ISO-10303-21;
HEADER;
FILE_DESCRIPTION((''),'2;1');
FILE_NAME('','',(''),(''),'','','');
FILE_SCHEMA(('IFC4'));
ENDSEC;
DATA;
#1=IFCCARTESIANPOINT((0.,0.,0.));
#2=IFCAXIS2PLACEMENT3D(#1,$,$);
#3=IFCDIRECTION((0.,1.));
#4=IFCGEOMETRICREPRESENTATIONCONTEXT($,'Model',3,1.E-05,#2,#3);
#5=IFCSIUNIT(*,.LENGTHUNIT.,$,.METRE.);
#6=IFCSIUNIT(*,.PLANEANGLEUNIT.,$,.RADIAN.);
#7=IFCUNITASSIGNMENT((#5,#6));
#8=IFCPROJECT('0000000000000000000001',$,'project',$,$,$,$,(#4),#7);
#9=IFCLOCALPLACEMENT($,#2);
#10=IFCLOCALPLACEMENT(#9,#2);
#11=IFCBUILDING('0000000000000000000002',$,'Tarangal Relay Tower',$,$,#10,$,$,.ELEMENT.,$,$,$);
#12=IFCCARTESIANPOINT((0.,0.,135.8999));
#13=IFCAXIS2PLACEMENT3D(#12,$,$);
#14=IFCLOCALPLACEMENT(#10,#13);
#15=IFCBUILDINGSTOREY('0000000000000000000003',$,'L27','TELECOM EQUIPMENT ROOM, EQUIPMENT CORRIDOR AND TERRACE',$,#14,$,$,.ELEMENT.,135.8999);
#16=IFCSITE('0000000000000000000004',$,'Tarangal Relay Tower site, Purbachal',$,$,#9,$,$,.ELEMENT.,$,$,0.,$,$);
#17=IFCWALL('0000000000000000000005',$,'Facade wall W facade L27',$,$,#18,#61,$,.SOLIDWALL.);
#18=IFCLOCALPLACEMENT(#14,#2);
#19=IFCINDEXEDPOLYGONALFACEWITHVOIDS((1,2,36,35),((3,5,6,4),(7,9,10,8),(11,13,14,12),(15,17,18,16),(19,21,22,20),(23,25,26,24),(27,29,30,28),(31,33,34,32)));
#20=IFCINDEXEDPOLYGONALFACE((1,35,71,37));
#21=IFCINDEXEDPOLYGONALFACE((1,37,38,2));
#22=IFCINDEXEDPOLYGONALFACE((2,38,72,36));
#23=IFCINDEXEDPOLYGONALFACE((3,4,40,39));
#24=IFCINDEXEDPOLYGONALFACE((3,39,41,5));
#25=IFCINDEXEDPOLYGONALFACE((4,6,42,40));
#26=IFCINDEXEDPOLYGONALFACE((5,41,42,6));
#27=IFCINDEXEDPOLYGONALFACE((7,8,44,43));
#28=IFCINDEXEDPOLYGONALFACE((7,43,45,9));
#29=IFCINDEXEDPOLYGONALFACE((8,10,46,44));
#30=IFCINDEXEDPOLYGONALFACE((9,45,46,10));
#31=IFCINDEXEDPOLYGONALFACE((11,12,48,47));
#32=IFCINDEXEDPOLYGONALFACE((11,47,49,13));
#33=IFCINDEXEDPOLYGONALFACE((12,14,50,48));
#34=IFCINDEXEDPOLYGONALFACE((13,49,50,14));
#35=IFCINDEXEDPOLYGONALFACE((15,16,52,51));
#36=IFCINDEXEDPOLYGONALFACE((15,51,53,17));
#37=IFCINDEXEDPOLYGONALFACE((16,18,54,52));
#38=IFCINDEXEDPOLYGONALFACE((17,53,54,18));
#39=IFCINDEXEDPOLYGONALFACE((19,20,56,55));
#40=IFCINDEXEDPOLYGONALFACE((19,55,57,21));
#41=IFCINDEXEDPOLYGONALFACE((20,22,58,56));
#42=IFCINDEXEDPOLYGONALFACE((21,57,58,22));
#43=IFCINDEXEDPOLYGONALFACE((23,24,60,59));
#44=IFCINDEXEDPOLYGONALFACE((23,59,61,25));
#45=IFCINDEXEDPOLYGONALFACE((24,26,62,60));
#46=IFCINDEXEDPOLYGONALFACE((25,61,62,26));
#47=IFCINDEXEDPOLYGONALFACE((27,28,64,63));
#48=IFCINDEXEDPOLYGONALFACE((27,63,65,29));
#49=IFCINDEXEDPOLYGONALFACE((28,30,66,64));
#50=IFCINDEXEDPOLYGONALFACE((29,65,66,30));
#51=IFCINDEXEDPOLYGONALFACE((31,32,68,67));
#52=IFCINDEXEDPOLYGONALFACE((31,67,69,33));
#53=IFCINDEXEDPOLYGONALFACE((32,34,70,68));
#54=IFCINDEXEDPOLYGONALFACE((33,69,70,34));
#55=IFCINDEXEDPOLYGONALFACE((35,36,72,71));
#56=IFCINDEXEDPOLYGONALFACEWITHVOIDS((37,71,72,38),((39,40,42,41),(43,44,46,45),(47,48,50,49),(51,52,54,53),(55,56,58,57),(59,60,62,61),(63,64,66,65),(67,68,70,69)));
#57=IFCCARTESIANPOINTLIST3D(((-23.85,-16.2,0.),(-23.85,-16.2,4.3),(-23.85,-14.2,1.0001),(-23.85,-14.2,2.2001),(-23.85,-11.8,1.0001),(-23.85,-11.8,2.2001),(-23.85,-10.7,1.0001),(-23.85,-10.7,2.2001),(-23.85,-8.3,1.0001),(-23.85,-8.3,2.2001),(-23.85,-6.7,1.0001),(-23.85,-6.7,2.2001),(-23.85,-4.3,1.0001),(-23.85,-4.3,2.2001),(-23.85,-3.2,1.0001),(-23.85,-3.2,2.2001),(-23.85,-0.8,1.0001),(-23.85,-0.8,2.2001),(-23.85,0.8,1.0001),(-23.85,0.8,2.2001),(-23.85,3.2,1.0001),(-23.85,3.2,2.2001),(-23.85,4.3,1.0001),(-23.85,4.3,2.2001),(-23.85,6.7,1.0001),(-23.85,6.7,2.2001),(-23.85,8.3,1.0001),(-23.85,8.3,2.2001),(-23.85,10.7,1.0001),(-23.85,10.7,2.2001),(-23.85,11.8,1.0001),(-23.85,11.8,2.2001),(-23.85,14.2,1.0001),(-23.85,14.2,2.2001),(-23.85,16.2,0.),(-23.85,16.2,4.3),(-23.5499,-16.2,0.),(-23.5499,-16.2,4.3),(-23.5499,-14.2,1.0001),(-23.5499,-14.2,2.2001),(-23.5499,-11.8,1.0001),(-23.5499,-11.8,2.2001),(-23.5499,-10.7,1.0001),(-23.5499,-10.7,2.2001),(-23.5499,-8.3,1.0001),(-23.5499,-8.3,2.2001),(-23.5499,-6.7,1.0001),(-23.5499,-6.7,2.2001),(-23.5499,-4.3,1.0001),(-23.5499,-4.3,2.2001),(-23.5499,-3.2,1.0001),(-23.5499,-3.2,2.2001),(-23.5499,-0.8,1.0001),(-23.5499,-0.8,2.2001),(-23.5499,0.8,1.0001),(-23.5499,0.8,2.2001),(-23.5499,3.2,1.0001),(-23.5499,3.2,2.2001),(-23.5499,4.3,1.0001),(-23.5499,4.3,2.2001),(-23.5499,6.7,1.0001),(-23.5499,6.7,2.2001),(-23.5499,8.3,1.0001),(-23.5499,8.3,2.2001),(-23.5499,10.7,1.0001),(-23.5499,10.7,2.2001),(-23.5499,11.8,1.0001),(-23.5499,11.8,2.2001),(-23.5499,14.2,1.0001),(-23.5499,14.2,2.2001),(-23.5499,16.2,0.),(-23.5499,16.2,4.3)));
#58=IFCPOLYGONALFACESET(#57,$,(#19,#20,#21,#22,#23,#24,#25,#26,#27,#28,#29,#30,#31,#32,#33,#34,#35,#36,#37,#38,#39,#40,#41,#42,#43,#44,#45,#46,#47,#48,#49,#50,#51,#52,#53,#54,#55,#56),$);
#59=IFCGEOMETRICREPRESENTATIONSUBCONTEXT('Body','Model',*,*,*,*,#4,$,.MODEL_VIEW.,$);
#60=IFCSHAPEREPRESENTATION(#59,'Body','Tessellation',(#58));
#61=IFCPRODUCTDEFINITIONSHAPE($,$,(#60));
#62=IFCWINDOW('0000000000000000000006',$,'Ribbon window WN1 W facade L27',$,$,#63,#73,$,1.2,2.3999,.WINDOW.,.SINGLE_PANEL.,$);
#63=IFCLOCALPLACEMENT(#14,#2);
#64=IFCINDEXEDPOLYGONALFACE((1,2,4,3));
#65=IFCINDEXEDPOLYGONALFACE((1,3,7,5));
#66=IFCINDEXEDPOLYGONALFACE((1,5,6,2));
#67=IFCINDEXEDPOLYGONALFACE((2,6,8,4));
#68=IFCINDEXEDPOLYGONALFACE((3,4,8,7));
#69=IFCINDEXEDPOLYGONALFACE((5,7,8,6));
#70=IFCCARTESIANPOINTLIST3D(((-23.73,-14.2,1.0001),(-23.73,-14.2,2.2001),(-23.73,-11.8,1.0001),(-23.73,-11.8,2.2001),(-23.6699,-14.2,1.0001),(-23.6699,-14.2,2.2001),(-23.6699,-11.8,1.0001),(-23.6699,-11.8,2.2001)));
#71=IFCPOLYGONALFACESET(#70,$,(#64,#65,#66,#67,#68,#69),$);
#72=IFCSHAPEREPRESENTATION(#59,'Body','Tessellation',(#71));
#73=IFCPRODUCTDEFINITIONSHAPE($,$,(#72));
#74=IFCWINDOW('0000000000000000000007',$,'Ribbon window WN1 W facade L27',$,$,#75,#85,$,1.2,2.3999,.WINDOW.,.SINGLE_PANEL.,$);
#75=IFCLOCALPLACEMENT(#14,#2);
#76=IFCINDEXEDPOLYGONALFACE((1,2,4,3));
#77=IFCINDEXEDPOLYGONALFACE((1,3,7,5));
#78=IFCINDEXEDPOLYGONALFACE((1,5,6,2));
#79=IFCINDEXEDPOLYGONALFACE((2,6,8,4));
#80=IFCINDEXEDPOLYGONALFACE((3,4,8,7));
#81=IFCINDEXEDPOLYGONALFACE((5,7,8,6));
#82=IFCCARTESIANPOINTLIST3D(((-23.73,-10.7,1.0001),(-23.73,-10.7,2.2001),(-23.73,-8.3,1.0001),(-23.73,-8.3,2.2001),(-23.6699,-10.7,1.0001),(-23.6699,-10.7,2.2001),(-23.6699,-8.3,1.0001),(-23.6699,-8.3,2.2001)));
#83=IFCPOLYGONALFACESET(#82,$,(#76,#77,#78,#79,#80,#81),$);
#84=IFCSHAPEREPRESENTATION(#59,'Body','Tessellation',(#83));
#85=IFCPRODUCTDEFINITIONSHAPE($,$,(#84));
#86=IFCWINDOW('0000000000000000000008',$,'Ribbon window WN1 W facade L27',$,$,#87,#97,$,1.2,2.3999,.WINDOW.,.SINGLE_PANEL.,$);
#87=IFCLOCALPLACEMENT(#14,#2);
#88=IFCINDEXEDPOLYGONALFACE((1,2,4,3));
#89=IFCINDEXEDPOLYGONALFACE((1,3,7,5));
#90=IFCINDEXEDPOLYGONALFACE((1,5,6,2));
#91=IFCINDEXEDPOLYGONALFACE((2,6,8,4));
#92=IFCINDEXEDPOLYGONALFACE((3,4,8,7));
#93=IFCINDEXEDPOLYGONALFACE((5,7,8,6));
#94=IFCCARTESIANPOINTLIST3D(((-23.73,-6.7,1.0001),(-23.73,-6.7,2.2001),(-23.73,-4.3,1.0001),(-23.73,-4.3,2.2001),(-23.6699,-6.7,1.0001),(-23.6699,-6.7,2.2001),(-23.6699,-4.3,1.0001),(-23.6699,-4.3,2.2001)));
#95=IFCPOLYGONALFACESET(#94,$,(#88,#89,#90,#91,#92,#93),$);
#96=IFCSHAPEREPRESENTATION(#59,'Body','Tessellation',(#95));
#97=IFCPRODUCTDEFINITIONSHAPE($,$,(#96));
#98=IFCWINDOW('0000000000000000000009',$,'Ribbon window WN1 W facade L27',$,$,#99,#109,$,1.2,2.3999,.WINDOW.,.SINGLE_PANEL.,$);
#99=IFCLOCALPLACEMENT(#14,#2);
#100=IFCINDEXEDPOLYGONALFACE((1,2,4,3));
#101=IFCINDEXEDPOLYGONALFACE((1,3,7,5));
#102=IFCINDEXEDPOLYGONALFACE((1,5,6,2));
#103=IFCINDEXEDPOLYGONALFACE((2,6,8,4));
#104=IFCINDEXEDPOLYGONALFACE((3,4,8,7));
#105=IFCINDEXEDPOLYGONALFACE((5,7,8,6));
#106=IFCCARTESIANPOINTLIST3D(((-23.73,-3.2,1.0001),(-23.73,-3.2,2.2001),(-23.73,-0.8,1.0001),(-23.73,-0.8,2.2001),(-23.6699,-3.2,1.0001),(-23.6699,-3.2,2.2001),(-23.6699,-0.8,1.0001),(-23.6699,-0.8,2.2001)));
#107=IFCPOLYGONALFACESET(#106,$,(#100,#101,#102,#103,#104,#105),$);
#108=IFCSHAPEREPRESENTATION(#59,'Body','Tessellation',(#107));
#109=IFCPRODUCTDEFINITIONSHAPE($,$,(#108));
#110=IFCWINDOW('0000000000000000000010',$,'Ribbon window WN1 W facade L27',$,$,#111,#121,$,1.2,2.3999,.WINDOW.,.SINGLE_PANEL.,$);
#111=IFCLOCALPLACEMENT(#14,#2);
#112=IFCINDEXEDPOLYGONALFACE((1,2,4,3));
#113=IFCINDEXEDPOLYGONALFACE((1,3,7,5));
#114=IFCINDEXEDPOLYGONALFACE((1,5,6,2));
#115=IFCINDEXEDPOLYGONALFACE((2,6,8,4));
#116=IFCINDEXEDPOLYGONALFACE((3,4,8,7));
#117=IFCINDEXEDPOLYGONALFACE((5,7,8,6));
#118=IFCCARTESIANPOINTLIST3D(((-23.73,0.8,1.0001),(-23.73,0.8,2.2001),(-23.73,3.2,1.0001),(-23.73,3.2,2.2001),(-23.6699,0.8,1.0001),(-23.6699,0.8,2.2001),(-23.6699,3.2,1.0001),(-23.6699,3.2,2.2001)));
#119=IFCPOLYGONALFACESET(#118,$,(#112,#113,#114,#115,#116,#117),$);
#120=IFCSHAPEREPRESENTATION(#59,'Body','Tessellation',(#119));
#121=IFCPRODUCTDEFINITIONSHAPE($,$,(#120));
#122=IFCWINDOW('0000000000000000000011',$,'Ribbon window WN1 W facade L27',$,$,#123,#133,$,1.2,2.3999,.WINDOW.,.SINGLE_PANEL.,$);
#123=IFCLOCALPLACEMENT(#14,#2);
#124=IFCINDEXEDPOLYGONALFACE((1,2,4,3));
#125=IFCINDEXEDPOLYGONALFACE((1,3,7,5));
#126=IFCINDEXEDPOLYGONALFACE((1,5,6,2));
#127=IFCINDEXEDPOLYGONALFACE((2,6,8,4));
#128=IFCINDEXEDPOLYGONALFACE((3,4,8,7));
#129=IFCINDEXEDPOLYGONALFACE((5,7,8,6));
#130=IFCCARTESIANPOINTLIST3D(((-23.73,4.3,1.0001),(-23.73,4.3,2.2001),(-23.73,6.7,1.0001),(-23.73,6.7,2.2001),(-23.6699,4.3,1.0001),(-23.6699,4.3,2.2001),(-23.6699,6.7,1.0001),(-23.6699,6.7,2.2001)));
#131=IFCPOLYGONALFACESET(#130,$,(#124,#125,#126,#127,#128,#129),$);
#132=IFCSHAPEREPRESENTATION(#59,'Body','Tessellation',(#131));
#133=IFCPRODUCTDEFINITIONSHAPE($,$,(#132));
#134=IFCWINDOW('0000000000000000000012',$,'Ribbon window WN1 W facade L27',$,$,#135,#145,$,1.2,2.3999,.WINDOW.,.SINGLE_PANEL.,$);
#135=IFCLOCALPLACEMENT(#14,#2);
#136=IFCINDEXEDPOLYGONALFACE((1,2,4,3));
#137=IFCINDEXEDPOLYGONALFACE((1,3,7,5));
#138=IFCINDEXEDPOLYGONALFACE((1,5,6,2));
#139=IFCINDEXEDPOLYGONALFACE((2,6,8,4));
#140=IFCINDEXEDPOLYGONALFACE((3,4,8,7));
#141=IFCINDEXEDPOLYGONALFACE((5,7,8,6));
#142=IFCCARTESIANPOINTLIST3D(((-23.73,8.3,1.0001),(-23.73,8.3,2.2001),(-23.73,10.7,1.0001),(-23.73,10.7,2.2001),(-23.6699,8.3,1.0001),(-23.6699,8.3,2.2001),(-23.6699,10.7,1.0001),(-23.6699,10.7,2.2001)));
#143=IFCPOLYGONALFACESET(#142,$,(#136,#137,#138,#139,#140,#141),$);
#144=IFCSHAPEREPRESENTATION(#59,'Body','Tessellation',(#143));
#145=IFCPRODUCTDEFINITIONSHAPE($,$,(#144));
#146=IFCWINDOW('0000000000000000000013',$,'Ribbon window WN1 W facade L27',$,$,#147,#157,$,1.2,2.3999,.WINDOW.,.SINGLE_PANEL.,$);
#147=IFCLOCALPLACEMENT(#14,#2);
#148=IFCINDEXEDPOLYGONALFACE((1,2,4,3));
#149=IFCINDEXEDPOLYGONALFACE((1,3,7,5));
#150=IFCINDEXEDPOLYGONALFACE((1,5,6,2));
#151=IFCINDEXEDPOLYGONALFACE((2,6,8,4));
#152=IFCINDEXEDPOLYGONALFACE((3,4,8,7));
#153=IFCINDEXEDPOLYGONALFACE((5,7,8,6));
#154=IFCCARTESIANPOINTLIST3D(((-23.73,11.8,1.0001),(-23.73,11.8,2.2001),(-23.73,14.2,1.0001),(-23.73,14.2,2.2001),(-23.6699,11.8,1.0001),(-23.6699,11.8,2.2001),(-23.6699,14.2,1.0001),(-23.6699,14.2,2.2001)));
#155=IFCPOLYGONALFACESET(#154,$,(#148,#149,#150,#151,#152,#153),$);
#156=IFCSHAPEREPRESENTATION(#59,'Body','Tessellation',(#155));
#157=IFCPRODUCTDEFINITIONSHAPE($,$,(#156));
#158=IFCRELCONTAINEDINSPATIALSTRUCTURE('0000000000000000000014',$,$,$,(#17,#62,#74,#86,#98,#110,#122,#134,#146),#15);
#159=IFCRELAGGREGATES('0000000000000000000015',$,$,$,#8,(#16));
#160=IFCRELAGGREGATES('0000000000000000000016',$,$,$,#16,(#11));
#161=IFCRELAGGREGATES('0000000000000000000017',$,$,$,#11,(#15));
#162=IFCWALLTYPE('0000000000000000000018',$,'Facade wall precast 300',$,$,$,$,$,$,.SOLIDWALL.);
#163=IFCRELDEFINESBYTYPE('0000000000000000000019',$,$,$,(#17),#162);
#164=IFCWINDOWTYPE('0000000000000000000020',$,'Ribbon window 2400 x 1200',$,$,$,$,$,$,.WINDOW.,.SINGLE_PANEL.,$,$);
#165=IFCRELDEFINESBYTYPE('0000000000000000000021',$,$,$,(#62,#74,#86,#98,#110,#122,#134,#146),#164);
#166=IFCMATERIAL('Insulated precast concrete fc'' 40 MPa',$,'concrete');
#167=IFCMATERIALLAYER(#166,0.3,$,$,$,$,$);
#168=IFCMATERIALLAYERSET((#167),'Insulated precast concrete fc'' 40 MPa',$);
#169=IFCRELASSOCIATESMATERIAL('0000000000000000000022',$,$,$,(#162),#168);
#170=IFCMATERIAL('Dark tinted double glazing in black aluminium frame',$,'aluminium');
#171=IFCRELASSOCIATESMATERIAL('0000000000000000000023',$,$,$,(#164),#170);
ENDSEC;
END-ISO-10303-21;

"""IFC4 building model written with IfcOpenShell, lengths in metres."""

from ifc_helpers import new_model, si_unit, direction, frame, frame_2d, origin, place, context, subcontext, project, spatial, rectangle, extrude, material, layer, layer_set, type_object, element, fill, save


model = new_model("IFC4")

# Units and contexts
model_context = context("Model", 3, precision=1e-05, world=origin(), true_north=direction((0.0, 1.0)))
body_context = subcontext(model_context, "Body", "Model", "MODEL_VIEW")
ifc_project = project(units=[si_unit("LENGTHUNIT", "METRE"), si_unit("PLANEANGLEUNIT", "RADIAN")], contexts=[model_context])

# Site, building, storey
site_placement = place(None, origin())
site = spatial("IfcSite", under=ifc_project, at=site_placement, Name="Tarangal Relay Tower site, Purbachal", CompositionType="ELEMENT", RefElevation=0.0)
building_placement = place(site_placement, origin())
building = spatial("IfcBuilding", under=site, at=building_placement, Name="Tarangal Relay Tower", CompositionType="ELEMENT")
storey_placement = place(building_placement, frame((0.0, 0.0, 135.8999)))
storey = spatial("IfcBuildingStorey", under=building, at=storey_placement, Name="L27", Description="TELECOM EQUIPMENT ROOM, EQUIPMENT CORRIDOR AND TERRACE", CompositionType="ELEMENT", Elevation=135.8999)

# Shared definitions
ifc_material_1 = material(Name="Insulated precast concrete fc' 40 MPa", Category="concrete")
ifc_layer_1 = layer(ifc_material_1, 0.3)
ifc_layer_set_1 = layer_set([ifc_layer_1], Name="Insulated precast concrete fc' 40 MPa")
wall_type_1 = type_object("IfcWallType", Name="Facade wall precast 300", PredefinedType="SOLIDWALL", material=ifc_layer_set_1)

# Wall, openings, windows
wall_1_placement = place(storey_placement, frame((-23.7, -16.2, 0.0), z_axis=(0.0, 0.0, 1.0), x_axis=(0.0, 1.0, 0.0)))
wall_1 = element("IfcWall", 1, at=wall_1_placement, inside=storey, type_object=wall_type_1, Name="Facade wall W facade L27", PredefinedType="SOLIDWALL", context=body_context, shape_type="SweptSolid", body=[
    extrude(rectangle(XDim=32.3999, YDim=0.3, at=frame_2d((16.2, 0.0))), origin(), (0.0, 0.0, 1.0), 4.3),
])
opening_1_placement = place(wall_1_placement, frame((2.0, 0.0, 1.0)))
opening_1 = element("IfcOpeningElement", 2, at=opening_1_placement, cuts=wall_1, PredefinedType="OPENING", context=body_context, shape_type="SweptSolid", body=[
    extrude(rectangle(XDim=2.3999, YDim=1.2, at=frame_2d((1.2, 0.6001))), frame((0.0, 0.1599, 0.0), z_axis=(0.0, -1.0, 0.0), x_axis=(1.0, 0.0, 0.0)), (0.0, 0.0, 1.0), 0.3201),
])
opening_2_placement = place(wall_1_placement, frame((5.5, 0.0, 1.0)))
opening_2 = element("IfcOpeningElement", 3, at=opening_2_placement, cuts=wall_1, PredefinedType="OPENING", context=body_context, shape_type="SweptSolid", body=[
    extrude(rectangle(XDim=2.3999, YDim=1.2, at=frame_2d((1.2, 0.6001))), frame((0.0, 0.1599, 0.0), z_axis=(0.0, -1.0, 0.0), x_axis=(1.0, 0.0, 0.0)), (0.0, 0.0, 1.0), 0.3201),
])
opening_3_placement = place(wall_1_placement, frame((9.5, 0.0, 1.0)))
opening_3 = element("IfcOpeningElement", 4, at=opening_3_placement, cuts=wall_1, PredefinedType="OPENING", context=body_context, shape_type="SweptSolid", body=[
    extrude(rectangle(XDim=2.3999, YDim=1.2, at=frame_2d((1.2, 0.6001))), frame((0.0, 0.1599, 0.0), z_axis=(0.0, -1.0, 0.0), x_axis=(1.0, 0.0, 0.0)), (0.0, 0.0, 1.0), 0.3201),
])
opening_4_placement = place(wall_1_placement, frame((13.0, 0.0, 1.0)))
opening_4 = element("IfcOpeningElement", 5, at=opening_4_placement, cuts=wall_1, PredefinedType="OPENING", context=body_context, shape_type="SweptSolid", body=[
    extrude(rectangle(XDim=2.3999, YDim=1.2, at=frame_2d((1.2, 0.6001))), frame((0.0, 0.1599, 0.0), z_axis=(0.0, -1.0, 0.0), x_axis=(1.0, 0.0, 0.0)), (0.0, 0.0, 1.0), 0.3201),
])
opening_5_placement = place(wall_1_placement, frame((17.0, 0.0, 1.0)))
opening_5 = element("IfcOpeningElement", 6, at=opening_5_placement, cuts=wall_1, PredefinedType="OPENING", context=body_context, shape_type="SweptSolid", body=[
    extrude(rectangle(XDim=2.3999, YDim=1.2, at=frame_2d((1.2, 0.6001))), frame((0.0, 0.1599, 0.0), z_axis=(0.0, -1.0, 0.0), x_axis=(1.0, 0.0, 0.0)), (0.0, 0.0, 1.0), 0.3201),
])
opening_6_placement = place(wall_1_placement, frame((20.5, 0.0, 1.0)))
opening_6 = element("IfcOpeningElement", 7, at=opening_6_placement, cuts=wall_1, PredefinedType="OPENING", context=body_context, shape_type="SweptSolid", body=[
    extrude(rectangle(XDim=2.3999, YDim=1.2, at=frame_2d((1.2, 0.6001))), frame((0.0, 0.1599, 0.0), z_axis=(0.0, -1.0, 0.0), x_axis=(1.0, 0.0, 0.0)), (0.0, 0.0, 1.0), 0.3201),
])
opening_7_placement = place(wall_1_placement, frame((24.5, 0.0, 1.0)))
opening_7 = element("IfcOpeningElement", 8, at=opening_7_placement, cuts=wall_1, PredefinedType="OPENING", context=body_context, shape_type="SweptSolid", body=[
    extrude(rectangle(XDim=2.3999, YDim=1.2, at=frame_2d((1.2, 0.6001))), frame((0.0, 0.1599, 0.0), z_axis=(0.0, -1.0, 0.0), x_axis=(1.0, 0.0, 0.0)), (0.0, 0.0, 1.0), 0.3201),
])
opening_8_placement = place(wall_1_placement, frame((28.0, 0.0, 1.0)))
opening_8 = element("IfcOpeningElement", 9, at=opening_8_placement, cuts=wall_1, PredefinedType="OPENING", context=body_context, shape_type="SweptSolid", body=[
    extrude(rectangle(XDim=2.3999, YDim=1.2, at=frame_2d((1.2, 0.6001))), frame((0.0, 0.1599, 0.0), z_axis=(0.0, -1.0, 0.0), x_axis=(1.0, 0.0, 0.0)), (0.0, 0.0, 1.0), 0.3201),
])
ifc_material_2 = material(Name="Dark tinted double glazing in black aluminium frame", Category="aluminium")
window_type = type_object("IfcWindowType", Name="Ribbon window 2400 x 1200", PartitioningType="SINGLE_PANEL", PredefinedType="WINDOW", material=ifc_material_2)
window_1_placement = place(opening_1_placement, origin())
window_1 = element("IfcWindow", 10, at=window_1_placement, inside=storey, type_object=window_type, Name="Ribbon window WN1 W facade L27", OverallHeight=1.2, OverallWidth=2.3999, PartitioningType="SINGLE_PANEL", PredefinedType="WINDOW", context=body_context, shape_type="SweptSolid", body=[
    extrude(rectangle(XDim=2.3999, YDim=1.2, at=frame_2d((1.2, 0.6001))), frame((0.0, 0.03, 0.0), z_axis=(0.0, -1.0, 0.0), x_axis=(1.0, 0.0, 0.0)), (0.0, 0.0, 1.0), 0.0601),
])
fill(opening_1, window_1)
window_2_placement = place(opening_2_placement, origin())
window_2 = element("IfcWindow", 11, at=window_2_placement, inside=storey, type_object=window_type, Name="Ribbon window WN1 W facade L27", OverallHeight=1.2, OverallWidth=2.3999, PartitioningType="SINGLE_PANEL", PredefinedType="WINDOW", context=body_context, shape_type="SweptSolid", body=[
    extrude(rectangle(XDim=2.3999, YDim=1.2, at=frame_2d((1.2, 0.6001))), frame((0.0, 0.03, 0.0), z_axis=(0.0, -1.0, 0.0), x_axis=(1.0, 0.0, 0.0)), (0.0, 0.0, 1.0), 0.0601),
])
fill(opening_2, window_2)
window_3_placement = place(opening_3_placement, origin())
window_3 = element("IfcWindow", 12, at=window_3_placement, inside=storey, type_object=window_type, Name="Ribbon window WN1 W facade L27", OverallHeight=1.2, OverallWidth=2.3999, PartitioningType="SINGLE_PANEL", PredefinedType="WINDOW", context=body_context, shape_type="SweptSolid", body=[
    extrude(rectangle(XDim=2.3999, YDim=1.2, at=frame_2d((1.2, 0.6001))), frame((0.0, 0.03, 0.0), z_axis=(0.0, -1.0, 0.0), x_axis=(1.0, 0.0, 0.0)), (0.0, 0.0, 1.0), 0.0601),
])
fill(opening_3, window_3)
window_4_placement = place(opening_4_placement, origin())
window_4 = element("IfcWindow", 13, at=window_4_placement, inside=storey, type_object=window_type, Name="Ribbon window WN1 W facade L27", OverallHeight=1.2, OverallWidth=2.3999, PartitioningType="SINGLE_PANEL", PredefinedType="WINDOW", context=body_context, shape_type="SweptSolid", body=[
    extrude(rectangle(XDim=2.3999, YDim=1.2, at=frame_2d((1.2, 0.6001))), frame((0.0, 0.03, 0.0), z_axis=(0.0, -1.0, 0.0), x_axis=(1.0, 0.0, 0.0)), (0.0, 0.0, 1.0), 0.0601),
])
fill(opening_4, window_4)
window_5_placement = place(opening_5_placement, origin())
window_5 = element("IfcWindow", 14, at=window_5_placement, inside=storey, type_object=window_type, Name="Ribbon window WN1 W facade L27", OverallHeight=1.2, OverallWidth=2.3999, PartitioningType="SINGLE_PANEL", PredefinedType="WINDOW", context=body_context, shape_type="SweptSolid", body=[
    extrude(rectangle(XDim=2.3999, YDim=1.2, at=frame_2d((1.2, 0.6001))), frame((0.0, 0.03, 0.0), z_axis=(0.0, -1.0, 0.0), x_axis=(1.0, 0.0, 0.0)), (0.0, 0.0, 1.0), 0.0601),
])
fill(opening_5, window_5)
window_6_placement = place(opening_6_placement, origin())
window_6 = element("IfcWindow", 15, at=window_6_placement, inside=storey, type_object=window_type, Name="Ribbon window WN1 W facade L27", OverallHeight=1.2, OverallWidth=2.3999, PartitioningType="SINGLE_PANEL", PredefinedType="WINDOW", context=body_context, shape_type="SweptSolid", body=[
    extrude(rectangle(XDim=2.3999, YDim=1.2, at=frame_2d((1.2, 0.6001))), frame((0.0, 0.03, 0.0), z_axis=(0.0, -1.0, 0.0), x_axis=(1.0, 0.0, 0.0)), (0.0, 0.0, 1.0), 0.0601),
])
fill(opening_6, window_6)
window_7_placement = place(opening_7_placement, origin())
window_7 = element("IfcWindow", 16, at=window_7_placement, inside=storey, type_object=window_type, Name="Ribbon window WN1 W facade L27", OverallHeight=1.2, OverallWidth=2.3999, PartitioningType="SINGLE_PANEL", PredefinedType="WINDOW", context=body_context, shape_type="SweptSolid", body=[
    extrude(rectangle(XDim=2.3999, YDim=1.2, at=frame_2d((1.2, 0.6001))), frame((0.0, 0.03, 0.0), z_axis=(0.0, -1.0, 0.0), x_axis=(1.0, 0.0, 0.0)), (0.0, 0.0, 1.0), 0.0601),
])
fill(opening_7, window_7)
window_8_placement = place(opening_8_placement, origin())
window_8 = element("IfcWindow", 17, at=window_8_placement, inside=storey, type_object=window_type, Name="Ribbon window WN1 W facade L27", OverallHeight=1.2, OverallWidth=2.3999, PartitioningType="SINGLE_PANEL", PredefinedType="WINDOW", context=body_context, shape_type="SweptSolid", body=[
    extrude(rectangle(XDim=2.3999, YDim=1.2, at=frame_2d((1.2, 0.6001))), frame((0.0, 0.03, 0.0), z_axis=(0.0, -1.0, 0.0), x_axis=(1.0, 0.0, 0.0)), (0.0, 0.0, 1.0), 0.0601),
])
fill(opening_8, window_8)

save(model, "model.ifc")
